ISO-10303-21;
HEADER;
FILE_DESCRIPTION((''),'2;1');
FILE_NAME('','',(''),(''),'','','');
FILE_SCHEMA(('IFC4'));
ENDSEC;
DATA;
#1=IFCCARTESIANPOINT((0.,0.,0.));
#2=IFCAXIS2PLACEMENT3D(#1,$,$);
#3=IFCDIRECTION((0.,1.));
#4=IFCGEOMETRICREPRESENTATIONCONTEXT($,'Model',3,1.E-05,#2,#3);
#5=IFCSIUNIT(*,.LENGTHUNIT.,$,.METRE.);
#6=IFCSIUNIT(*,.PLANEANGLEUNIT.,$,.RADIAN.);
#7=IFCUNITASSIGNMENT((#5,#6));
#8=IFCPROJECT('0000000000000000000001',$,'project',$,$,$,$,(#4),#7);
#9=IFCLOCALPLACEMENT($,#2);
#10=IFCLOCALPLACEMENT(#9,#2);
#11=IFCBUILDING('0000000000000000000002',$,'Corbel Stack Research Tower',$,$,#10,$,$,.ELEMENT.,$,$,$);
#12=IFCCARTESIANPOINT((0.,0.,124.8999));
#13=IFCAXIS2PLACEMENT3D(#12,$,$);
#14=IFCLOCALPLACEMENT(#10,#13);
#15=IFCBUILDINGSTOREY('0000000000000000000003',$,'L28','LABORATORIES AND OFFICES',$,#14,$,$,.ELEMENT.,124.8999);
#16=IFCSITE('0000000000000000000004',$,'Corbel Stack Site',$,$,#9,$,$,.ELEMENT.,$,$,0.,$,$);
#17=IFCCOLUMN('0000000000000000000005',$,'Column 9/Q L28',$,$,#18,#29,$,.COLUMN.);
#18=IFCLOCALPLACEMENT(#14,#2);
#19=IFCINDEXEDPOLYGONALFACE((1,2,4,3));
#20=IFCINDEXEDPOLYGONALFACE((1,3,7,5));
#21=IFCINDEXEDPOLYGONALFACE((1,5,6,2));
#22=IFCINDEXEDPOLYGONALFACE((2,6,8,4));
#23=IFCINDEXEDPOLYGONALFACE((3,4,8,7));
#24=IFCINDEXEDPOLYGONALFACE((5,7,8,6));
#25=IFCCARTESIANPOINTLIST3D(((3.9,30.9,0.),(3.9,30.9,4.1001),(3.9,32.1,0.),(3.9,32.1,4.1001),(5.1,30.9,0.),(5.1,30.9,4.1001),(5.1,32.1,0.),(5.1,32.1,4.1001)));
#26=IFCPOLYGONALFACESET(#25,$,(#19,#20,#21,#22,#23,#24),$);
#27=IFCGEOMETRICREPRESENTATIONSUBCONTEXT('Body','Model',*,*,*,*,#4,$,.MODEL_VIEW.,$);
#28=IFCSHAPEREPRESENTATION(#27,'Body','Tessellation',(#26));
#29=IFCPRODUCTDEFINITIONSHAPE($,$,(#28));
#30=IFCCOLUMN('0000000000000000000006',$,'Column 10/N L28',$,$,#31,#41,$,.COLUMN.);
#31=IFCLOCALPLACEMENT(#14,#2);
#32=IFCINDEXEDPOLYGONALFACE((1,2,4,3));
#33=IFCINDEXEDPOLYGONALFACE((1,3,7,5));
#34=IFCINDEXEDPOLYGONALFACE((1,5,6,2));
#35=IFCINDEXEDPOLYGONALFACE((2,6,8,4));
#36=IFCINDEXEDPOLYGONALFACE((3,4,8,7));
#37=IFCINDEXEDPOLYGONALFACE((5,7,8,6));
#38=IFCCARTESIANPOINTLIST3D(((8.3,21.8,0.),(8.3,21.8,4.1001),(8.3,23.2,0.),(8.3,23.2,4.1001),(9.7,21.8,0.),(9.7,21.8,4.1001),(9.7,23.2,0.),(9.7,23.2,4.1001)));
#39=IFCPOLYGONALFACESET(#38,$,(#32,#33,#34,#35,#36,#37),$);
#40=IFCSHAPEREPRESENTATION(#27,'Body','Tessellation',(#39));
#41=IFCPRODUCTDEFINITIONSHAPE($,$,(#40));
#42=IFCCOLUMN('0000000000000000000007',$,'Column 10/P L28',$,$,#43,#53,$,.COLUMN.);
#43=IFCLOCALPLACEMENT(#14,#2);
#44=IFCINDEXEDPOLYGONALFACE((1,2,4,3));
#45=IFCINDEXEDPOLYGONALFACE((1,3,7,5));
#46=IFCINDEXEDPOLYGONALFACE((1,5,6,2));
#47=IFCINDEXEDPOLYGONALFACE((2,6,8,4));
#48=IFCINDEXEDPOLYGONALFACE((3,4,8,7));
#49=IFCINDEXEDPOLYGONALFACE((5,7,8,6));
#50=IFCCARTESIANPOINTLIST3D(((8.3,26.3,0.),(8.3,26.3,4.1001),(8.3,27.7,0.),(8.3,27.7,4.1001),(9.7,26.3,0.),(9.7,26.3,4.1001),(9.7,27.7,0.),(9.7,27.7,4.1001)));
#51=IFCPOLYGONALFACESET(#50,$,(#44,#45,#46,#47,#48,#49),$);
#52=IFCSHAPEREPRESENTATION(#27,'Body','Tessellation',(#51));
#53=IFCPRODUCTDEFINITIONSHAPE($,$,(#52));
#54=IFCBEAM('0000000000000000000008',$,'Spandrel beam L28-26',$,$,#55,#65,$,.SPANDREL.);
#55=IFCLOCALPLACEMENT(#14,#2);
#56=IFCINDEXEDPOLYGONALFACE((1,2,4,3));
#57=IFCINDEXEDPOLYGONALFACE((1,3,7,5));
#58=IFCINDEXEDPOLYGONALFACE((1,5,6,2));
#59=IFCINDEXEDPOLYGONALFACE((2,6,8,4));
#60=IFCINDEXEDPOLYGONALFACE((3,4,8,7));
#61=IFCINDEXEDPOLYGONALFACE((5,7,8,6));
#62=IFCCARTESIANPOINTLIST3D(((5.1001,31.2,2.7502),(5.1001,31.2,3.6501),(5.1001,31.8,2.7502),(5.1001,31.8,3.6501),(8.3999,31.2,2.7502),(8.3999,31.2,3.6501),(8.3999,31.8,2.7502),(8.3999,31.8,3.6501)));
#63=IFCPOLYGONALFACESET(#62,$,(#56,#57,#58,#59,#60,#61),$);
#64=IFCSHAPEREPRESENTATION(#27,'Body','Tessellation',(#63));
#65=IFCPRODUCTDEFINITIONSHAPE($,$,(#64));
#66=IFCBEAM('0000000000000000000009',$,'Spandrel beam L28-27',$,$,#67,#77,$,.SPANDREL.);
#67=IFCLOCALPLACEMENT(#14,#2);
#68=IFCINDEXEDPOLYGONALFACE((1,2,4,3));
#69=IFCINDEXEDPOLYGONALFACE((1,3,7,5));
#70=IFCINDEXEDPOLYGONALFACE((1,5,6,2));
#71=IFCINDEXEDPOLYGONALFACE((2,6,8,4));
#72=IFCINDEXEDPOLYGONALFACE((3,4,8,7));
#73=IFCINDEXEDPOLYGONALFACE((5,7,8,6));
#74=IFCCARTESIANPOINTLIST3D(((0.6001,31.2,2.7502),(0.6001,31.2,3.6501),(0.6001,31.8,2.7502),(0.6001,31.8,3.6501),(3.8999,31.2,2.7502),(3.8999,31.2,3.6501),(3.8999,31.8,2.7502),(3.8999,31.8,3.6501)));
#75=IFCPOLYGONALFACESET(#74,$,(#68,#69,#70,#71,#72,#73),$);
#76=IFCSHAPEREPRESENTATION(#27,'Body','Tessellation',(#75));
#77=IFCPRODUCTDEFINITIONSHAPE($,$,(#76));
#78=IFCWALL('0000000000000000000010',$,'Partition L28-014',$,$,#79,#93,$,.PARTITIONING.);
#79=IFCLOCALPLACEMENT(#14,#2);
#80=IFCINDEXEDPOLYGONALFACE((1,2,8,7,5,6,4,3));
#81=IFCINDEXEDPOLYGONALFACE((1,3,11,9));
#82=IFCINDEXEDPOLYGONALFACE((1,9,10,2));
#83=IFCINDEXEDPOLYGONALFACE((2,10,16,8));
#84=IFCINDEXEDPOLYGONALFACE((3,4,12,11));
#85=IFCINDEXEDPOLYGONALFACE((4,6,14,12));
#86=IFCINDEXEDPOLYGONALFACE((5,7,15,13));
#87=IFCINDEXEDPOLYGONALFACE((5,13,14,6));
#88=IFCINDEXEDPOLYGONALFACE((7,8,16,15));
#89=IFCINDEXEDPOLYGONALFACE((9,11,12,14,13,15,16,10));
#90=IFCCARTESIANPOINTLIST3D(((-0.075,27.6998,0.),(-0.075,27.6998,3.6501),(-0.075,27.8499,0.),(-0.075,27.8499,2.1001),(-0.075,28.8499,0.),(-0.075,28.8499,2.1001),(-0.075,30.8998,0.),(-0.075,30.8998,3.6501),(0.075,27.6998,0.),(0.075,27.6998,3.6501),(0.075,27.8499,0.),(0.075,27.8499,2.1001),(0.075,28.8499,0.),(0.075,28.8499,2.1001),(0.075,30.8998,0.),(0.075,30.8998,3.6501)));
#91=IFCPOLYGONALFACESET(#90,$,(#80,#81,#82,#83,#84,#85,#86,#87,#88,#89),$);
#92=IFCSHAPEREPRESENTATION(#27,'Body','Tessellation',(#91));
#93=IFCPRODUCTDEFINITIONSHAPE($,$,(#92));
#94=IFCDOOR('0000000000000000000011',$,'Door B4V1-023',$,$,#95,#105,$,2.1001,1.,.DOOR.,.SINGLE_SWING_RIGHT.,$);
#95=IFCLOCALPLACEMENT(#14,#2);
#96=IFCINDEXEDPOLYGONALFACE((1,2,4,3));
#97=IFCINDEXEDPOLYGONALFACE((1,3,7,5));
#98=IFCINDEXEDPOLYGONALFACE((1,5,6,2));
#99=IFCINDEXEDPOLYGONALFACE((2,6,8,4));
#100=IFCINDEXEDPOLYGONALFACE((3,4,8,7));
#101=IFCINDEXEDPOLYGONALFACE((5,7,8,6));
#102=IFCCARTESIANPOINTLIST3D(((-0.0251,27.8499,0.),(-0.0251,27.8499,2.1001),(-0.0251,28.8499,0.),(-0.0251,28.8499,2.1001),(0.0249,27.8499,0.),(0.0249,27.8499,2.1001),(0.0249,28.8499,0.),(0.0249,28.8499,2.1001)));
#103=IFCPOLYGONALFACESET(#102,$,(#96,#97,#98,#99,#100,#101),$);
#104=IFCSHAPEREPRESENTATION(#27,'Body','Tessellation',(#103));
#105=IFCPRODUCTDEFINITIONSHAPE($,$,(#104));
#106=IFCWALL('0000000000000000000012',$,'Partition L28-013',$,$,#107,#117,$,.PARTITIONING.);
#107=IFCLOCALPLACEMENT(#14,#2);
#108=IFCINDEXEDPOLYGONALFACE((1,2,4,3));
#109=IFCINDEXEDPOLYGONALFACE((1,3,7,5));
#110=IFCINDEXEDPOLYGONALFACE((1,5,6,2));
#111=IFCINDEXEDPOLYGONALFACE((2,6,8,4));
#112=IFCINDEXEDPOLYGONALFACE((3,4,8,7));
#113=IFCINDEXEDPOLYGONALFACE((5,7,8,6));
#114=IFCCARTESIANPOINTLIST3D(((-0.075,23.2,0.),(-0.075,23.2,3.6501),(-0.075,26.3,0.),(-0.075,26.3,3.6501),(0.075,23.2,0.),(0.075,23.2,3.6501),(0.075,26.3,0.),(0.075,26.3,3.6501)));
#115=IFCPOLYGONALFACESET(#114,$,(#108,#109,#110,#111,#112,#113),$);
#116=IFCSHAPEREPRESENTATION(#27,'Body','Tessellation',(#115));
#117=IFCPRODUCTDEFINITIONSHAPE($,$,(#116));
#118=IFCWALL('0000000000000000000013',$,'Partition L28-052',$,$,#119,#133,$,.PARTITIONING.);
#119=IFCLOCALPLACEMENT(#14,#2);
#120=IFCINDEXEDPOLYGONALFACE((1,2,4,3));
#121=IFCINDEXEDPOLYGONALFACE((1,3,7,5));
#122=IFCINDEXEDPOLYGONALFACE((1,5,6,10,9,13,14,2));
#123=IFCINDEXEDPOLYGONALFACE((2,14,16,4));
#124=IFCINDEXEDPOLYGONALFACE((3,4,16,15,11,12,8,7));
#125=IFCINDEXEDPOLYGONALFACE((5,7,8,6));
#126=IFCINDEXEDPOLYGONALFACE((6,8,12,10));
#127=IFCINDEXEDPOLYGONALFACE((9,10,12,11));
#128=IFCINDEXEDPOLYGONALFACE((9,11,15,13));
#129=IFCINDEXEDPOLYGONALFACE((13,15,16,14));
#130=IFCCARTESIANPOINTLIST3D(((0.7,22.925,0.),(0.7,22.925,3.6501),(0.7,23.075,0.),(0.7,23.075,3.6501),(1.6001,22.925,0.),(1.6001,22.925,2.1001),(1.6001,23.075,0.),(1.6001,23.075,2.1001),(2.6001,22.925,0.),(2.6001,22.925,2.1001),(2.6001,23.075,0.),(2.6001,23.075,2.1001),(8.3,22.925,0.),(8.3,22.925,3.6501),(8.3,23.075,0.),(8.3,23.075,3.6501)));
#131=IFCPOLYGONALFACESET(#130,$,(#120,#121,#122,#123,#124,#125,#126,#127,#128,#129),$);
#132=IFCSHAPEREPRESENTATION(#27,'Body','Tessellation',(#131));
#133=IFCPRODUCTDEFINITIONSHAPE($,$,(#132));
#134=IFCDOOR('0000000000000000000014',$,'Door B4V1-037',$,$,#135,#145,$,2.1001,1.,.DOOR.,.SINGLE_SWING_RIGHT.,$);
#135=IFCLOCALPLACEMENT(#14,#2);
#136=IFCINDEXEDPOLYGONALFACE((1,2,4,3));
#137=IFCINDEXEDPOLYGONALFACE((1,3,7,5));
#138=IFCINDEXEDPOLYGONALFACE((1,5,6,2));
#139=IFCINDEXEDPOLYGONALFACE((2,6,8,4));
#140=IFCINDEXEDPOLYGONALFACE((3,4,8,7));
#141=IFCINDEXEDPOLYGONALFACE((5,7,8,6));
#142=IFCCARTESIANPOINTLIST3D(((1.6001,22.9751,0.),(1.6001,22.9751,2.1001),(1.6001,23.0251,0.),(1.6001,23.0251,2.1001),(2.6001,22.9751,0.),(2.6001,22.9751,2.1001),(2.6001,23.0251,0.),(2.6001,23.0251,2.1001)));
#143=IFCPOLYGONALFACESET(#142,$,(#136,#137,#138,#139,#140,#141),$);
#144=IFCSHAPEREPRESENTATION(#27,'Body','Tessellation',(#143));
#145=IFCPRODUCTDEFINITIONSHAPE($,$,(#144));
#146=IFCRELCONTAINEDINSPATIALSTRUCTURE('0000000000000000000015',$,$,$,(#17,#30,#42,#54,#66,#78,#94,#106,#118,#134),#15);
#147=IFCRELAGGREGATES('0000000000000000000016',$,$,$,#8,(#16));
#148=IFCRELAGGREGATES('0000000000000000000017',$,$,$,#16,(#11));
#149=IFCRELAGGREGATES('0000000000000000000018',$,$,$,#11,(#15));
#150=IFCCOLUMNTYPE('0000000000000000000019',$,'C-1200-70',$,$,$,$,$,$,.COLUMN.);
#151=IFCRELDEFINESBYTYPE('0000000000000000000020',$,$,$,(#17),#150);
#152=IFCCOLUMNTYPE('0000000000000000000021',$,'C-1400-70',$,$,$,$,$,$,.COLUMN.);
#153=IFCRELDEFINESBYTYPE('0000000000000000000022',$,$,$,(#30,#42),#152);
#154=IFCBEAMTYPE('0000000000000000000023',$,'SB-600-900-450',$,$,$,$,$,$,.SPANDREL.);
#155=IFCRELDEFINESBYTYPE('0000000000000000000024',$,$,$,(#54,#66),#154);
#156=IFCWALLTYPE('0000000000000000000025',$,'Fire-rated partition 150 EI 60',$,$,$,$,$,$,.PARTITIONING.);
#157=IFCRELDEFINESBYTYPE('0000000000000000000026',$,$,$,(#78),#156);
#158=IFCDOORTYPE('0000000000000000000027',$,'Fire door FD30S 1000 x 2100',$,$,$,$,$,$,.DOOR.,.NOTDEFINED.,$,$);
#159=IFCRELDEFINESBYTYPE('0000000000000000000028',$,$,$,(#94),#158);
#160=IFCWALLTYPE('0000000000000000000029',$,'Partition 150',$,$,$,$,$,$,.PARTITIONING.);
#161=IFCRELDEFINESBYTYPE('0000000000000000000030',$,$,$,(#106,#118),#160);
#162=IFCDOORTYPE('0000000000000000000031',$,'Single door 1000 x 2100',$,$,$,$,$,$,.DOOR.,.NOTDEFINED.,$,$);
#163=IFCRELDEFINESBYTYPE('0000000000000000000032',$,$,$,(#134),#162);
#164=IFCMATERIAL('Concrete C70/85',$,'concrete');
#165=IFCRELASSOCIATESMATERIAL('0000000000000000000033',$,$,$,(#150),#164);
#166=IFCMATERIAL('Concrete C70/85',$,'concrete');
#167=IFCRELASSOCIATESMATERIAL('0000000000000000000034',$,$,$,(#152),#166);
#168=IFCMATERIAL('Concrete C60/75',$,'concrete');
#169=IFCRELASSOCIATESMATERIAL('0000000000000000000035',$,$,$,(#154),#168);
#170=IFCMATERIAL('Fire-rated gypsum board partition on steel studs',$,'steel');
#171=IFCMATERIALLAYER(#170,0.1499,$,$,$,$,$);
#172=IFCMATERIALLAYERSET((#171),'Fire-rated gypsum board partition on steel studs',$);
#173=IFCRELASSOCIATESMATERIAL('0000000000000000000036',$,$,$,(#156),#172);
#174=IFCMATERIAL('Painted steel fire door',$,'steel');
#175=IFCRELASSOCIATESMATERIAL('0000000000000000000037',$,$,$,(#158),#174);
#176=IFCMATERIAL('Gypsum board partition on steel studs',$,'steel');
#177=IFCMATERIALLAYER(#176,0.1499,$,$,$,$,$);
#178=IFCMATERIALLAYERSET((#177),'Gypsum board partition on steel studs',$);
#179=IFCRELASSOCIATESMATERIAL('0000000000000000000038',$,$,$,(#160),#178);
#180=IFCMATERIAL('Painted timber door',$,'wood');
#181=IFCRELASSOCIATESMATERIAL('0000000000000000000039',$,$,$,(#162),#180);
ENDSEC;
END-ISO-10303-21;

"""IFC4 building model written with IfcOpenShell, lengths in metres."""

from ifc_helpers import new_model, si_unit, direction, frame, frame_2d, origin, origin_2d, place, context, subcontext, project, spatial, rectangle, extrude, material, layer, layer_set, material_profile, profile_set, type_object, element, fill, save


model = new_model("IFC4")

# Units and contexts
model_context = context("Model", 3, precision=1e-05, world=origin(), true_north=direction((0.0, 1.0)))
body_context = subcontext(model_context, "Body", "Model", "MODEL_VIEW")
ifc_project = project(units=[si_unit("LENGTHUNIT", "METRE"), si_unit("PLANEANGLEUNIT", "RADIAN")], contexts=[model_context])

# Site, building, storey
site_placement = place(None, origin())
site = spatial("IfcSite", under=ifc_project, at=site_placement, Name="Corbel Stack Site", CompositionType="ELEMENT", RefElevation=0.0)
building_placement = place(site_placement, origin())
building = spatial("IfcBuilding", under=site, at=building_placement, Name="Corbel Stack Research Tower", CompositionType="ELEMENT")
storey_placement = place(building_placement, frame((0.0, 0.0, 124.8999)))
storey = spatial("IfcBuildingStorey", under=building, at=storey_placement, Name="L28", Description="LABORATORIES AND OFFICES", CompositionType="ELEMENT", Elevation=124.8999)

# Columns
ifc_material_1 = material(Name="Concrete C70/85", Category="concrete")
ifc_material_profile_1 = material_profile(ifc_material_1, rectangle(XDim=1.2, YDim=1.2, at=origin_2d()), Name="RC 1200 x 1200")
ifc_profile_set_1 = profile_set([ifc_material_profile_1], Name="Concrete C70/85")
column_type_1 = type_object("IfcColumnType", Name="C-1200-70", PredefinedType="COLUMN", material=ifc_profile_set_1)
column_placement = place(storey_placement, frame((4.5, 31.5, 0.0), z_axis=(0.0, 0.0, 1.0), x_axis=(1.0, 0.0, 0.0)))
element("IfcColumn", 1, at=column_placement, inside=storey, type_object=column_type_1, Name="Column 9/Q L28", PredefinedType="COLUMN", context=body_context, shape_type="SweptSolid", body=[
    extrude(rectangle(XDim=1.2, YDim=1.2, at=origin_2d()), origin(), (0.0, 0.0, 1.0), 4.1001),
])
ifc_material_2 = material(Name="Concrete C70/85", Category="concrete")
ifc_material_profile_2 = material_profile(ifc_material_2, rectangle(XDim=1.3999, YDim=1.3999, at=origin_2d()), Name="RC 1400 x 1400")
ifc_profile_set_2 = profile_set([ifc_material_profile_2], Name="Concrete C70/85")
column_type_2 = type_object("IfcColumnType", Name="C-1400-70", PredefinedType="COLUMN", material=ifc_profile_set_2)
for number, where, z_axis, x_axis, name in (
    (2, (9.0, 22.5, 0.0), (0.0, 0.0, 1.0), (1.0, 0.0, 0.0), "Column 10/N L28"),
    (3, (9.0, 27.0, 0.0), (0.0, 0.0, 1.0), (1.0, 0.0, 0.0), "Column 10/P L28"),
):
    element("IfcColumn", number, at=place(storey_placement, frame(where, z_axis=z_axis, x_axis=x_axis)), inside=storey, type_object=column_type_2, Name=name, PredefinedType="COLUMN", context=body_context, shape_type="SweptSolid", body=[
        extrude(rectangle(XDim=1.3999, YDim=1.3999, at=origin_2d()), origin(), (0.0, 0.0, 1.0), 4.1001),
    ])

# Beams
ifc_material_3 = material(Name="Concrete C60/75", Category="concrete")
ifc_material_profile_3 = material_profile(ifc_material_3, rectangle(XDim=0.6001, YDim=0.8999, at=origin_2d()), Name="RC 600 x 900")
ifc_profile_set_3 = profile_set([ifc_material_profile_3], Name="Concrete C60/75")
beam_type = type_object("IfcBeamType", Name="SB-600-900-450", PredefinedType="SPANDREL", material=ifc_profile_set_3)
for number, where, z_axis, x_axis, name in (
    (4, (8.3999, 31.5, 3.2002), (-1.0, 0.0, 0.0), (0.0, -1.0, 0.0), "Spandrel beam L28-26"),
    (5, (3.8999, 31.5, 3.2002), (-1.0, 0.0, 0.0), (0.0, -1.0, 0.0), "Spandrel beam L28-27"),
):
    element("IfcBeam", number, at=place(storey_placement, frame(where, z_axis=z_axis, x_axis=x_axis)), inside=storey, type_object=beam_type, Name=name, PredefinedType="SPANDREL", context=body_context, shape_type="SweptSolid", body=[
        extrude(rectangle(XDim=0.6001, YDim=0.8999, at=origin_2d()), origin(), (0.0, 0.0, 1.0), 3.2998),
    ])

# Wall, opening, door
ifc_material_4 = material(Name="Fire-rated gypsum board partition on steel studs", Category="steel")
ifc_layer_1 = layer(ifc_material_4, 0.1499)
ifc_layer_set_1 = layer_set([ifc_layer_1], Name="Fire-rated gypsum board partition on steel studs")
wall_type_1 = type_object("IfcWallType", Name="Fire-rated partition 150 EI 60", PredefinedType="PARTITIONING", material=ifc_layer_set_1)
wall_1_placement = place(storey_placement, frame((0.0, 30.8999, 0.0), z_axis=(0.0, 0.0, 1.0), x_axis=(0.0, -1.0, 0.0)))
wall_1 = element("IfcWall", 6, at=wall_1_placement, inside=storey, type_object=wall_type_1, Name="Partition L28-014", PredefinedType="PARTITIONING", context=body_context, shape_type="SweptSolid", body=[
    extrude(rectangle(XDim=3.2, YDim=0.1499, at=frame_2d((1.6001, 0.0))), origin(), (0.0, 0.0, 1.0), 3.6501),
])
opening_1_placement = place(wall_1_placement, frame((2.05, 0.0, 0.0)))
opening_1 = element("IfcOpeningElement", 7, at=opening_1_placement, cuts=wall_1, PredefinedType="OPENING", context=body_context, shape_type="SweptSolid", body=[
    extrude(rectangle(XDim=1.0, YDim=2.1001, at=frame_2d((0.5, 1.05))), frame((0.0, 0.085, 0.0), z_axis=(0.0, -1.0, 0.0), x_axis=(1.0, 0.0, 0.0)), (0.0, 0.0, 1.0), 0.1699),
])
ifc_material_5 = material(Name="Painted steel fire door", Category="steel")
door_type_1 = type_object("IfcDoorType", Name="Fire door FD30S 1000 x 2100", OperationType="NOTDEFINED", PredefinedType="DOOR", material=ifc_material_5)
door_1_placement = place(opening_1_placement, origin())
door_1 = element("IfcDoor", 8, at=door_1_placement, inside=storey, type_object=door_type_1, Name="Door B4V1-023", OperationType="SINGLE_SWING_RIGHT", OverallHeight=2.1001, OverallWidth=1.0, PredefinedType="DOOR", context=body_context, shape_type="SweptSolid", body=[
    extrude(rectangle(XDim=1.0, YDim=2.1001, at=frame_2d((0.5, 1.05))), frame((0.0, 0.0249, 0.0), z_axis=(0.0, -1.0, 0.0), x_axis=(1.0, 0.0, 0.0)), (0.0, 0.0, 1.0), 0.05),
])
fill(opening_1, door_1)

# Wall
ifc_material_6 = material(Name="Gypsum board partition on steel studs", Category="steel")
ifc_layer_2 = layer(ifc_material_6, 0.1499)
ifc_layer_set_2 = layer_set([ifc_layer_2], Name="Gypsum board partition on steel studs")
wall_type_2 = type_object("IfcWallType", Name="Partition 150", PredefinedType="PARTITIONING", material=ifc_layer_set_2)
wall_2_placement = place(storey_placement, frame((0.0, 23.2, 0.0), z_axis=(0.0, 0.0, 1.0), x_axis=(0.0, 1.0, 0.0)))
element("IfcWall", 9, at=wall_2_placement, inside=storey, type_object=wall_type_2, Name="Partition L28-013", PredefinedType="PARTITIONING", context=body_context, shape_type="SweptSolid", body=[
    extrude(rectangle(XDim=3.1001, YDim=0.1499, at=frame_2d((1.55, 0.0))), origin(), (0.0, 0.0, 1.0), 3.6501),
])

# Wall, opening, door
wall_3_placement = place(storey_placement, frame((8.3, 23.0, 0.0), z_axis=(0.0, 0.0, 1.0), x_axis=(-1.0, 0.0, 0.0)))
wall_3 = element("IfcWall", 10, at=wall_3_placement, inside=storey, type_object=wall_type_2, Name="Partition L28-052", PredefinedType="PARTITIONING", context=body_context, shape_type="SweptSolid", body=[
    extrude(rectangle(XDim=7.6001, YDim=0.1499, at=frame_2d((3.8, 0.0))), origin(), (0.0, 0.0, 1.0), 3.6501),
])
opening_2_placement = place(wall_3_placement, frame((5.7, 0.0, 0.0)))
opening_2 = element("IfcOpeningElement", 11, at=opening_2_placement, cuts=wall_3, PredefinedType="OPENING", context=body_context, shape_type="SweptSolid", body=[
    extrude(rectangle(XDim=1.0, YDim=2.1001, at=frame_2d((0.5, 1.05))), frame((0.0, 0.085, 0.0), z_axis=(0.0, -1.0, 0.0), x_axis=(1.0, 0.0, 0.0)), (0.0, 0.0, 1.0), 0.1699),
])
ifc_material_7 = material(Name="Painted timber door", Category="wood")
door_type_2 = type_object("IfcDoorType", Name="Single door 1000 x 2100", OperationType="NOTDEFINED", PredefinedType="DOOR", material=ifc_material_7)
door_2_placement = place(opening_2_placement, origin())
door_2 = element("IfcDoor", 12, at=door_2_placement, inside=storey, type_object=door_type_2, Name="Door B4V1-037", OperationType="SINGLE_SWING_RIGHT", OverallHeight=2.1001, OverallWidth=1.0, PredefinedType="DOOR", context=body_context, shape_type="SweptSolid", body=[
    extrude(rectangle(XDim=1.0, YDim=2.1001, at=frame_2d((0.5, 1.05))), frame((0.0, 0.0249, 0.0), z_axis=(0.0, -1.0, 0.0), x_axis=(1.0, 0.0, 0.0)), (0.0, 0.0, 1.0), 0.05),
])
fill(opening_2, door_2)

save(model, "model.ifc")
